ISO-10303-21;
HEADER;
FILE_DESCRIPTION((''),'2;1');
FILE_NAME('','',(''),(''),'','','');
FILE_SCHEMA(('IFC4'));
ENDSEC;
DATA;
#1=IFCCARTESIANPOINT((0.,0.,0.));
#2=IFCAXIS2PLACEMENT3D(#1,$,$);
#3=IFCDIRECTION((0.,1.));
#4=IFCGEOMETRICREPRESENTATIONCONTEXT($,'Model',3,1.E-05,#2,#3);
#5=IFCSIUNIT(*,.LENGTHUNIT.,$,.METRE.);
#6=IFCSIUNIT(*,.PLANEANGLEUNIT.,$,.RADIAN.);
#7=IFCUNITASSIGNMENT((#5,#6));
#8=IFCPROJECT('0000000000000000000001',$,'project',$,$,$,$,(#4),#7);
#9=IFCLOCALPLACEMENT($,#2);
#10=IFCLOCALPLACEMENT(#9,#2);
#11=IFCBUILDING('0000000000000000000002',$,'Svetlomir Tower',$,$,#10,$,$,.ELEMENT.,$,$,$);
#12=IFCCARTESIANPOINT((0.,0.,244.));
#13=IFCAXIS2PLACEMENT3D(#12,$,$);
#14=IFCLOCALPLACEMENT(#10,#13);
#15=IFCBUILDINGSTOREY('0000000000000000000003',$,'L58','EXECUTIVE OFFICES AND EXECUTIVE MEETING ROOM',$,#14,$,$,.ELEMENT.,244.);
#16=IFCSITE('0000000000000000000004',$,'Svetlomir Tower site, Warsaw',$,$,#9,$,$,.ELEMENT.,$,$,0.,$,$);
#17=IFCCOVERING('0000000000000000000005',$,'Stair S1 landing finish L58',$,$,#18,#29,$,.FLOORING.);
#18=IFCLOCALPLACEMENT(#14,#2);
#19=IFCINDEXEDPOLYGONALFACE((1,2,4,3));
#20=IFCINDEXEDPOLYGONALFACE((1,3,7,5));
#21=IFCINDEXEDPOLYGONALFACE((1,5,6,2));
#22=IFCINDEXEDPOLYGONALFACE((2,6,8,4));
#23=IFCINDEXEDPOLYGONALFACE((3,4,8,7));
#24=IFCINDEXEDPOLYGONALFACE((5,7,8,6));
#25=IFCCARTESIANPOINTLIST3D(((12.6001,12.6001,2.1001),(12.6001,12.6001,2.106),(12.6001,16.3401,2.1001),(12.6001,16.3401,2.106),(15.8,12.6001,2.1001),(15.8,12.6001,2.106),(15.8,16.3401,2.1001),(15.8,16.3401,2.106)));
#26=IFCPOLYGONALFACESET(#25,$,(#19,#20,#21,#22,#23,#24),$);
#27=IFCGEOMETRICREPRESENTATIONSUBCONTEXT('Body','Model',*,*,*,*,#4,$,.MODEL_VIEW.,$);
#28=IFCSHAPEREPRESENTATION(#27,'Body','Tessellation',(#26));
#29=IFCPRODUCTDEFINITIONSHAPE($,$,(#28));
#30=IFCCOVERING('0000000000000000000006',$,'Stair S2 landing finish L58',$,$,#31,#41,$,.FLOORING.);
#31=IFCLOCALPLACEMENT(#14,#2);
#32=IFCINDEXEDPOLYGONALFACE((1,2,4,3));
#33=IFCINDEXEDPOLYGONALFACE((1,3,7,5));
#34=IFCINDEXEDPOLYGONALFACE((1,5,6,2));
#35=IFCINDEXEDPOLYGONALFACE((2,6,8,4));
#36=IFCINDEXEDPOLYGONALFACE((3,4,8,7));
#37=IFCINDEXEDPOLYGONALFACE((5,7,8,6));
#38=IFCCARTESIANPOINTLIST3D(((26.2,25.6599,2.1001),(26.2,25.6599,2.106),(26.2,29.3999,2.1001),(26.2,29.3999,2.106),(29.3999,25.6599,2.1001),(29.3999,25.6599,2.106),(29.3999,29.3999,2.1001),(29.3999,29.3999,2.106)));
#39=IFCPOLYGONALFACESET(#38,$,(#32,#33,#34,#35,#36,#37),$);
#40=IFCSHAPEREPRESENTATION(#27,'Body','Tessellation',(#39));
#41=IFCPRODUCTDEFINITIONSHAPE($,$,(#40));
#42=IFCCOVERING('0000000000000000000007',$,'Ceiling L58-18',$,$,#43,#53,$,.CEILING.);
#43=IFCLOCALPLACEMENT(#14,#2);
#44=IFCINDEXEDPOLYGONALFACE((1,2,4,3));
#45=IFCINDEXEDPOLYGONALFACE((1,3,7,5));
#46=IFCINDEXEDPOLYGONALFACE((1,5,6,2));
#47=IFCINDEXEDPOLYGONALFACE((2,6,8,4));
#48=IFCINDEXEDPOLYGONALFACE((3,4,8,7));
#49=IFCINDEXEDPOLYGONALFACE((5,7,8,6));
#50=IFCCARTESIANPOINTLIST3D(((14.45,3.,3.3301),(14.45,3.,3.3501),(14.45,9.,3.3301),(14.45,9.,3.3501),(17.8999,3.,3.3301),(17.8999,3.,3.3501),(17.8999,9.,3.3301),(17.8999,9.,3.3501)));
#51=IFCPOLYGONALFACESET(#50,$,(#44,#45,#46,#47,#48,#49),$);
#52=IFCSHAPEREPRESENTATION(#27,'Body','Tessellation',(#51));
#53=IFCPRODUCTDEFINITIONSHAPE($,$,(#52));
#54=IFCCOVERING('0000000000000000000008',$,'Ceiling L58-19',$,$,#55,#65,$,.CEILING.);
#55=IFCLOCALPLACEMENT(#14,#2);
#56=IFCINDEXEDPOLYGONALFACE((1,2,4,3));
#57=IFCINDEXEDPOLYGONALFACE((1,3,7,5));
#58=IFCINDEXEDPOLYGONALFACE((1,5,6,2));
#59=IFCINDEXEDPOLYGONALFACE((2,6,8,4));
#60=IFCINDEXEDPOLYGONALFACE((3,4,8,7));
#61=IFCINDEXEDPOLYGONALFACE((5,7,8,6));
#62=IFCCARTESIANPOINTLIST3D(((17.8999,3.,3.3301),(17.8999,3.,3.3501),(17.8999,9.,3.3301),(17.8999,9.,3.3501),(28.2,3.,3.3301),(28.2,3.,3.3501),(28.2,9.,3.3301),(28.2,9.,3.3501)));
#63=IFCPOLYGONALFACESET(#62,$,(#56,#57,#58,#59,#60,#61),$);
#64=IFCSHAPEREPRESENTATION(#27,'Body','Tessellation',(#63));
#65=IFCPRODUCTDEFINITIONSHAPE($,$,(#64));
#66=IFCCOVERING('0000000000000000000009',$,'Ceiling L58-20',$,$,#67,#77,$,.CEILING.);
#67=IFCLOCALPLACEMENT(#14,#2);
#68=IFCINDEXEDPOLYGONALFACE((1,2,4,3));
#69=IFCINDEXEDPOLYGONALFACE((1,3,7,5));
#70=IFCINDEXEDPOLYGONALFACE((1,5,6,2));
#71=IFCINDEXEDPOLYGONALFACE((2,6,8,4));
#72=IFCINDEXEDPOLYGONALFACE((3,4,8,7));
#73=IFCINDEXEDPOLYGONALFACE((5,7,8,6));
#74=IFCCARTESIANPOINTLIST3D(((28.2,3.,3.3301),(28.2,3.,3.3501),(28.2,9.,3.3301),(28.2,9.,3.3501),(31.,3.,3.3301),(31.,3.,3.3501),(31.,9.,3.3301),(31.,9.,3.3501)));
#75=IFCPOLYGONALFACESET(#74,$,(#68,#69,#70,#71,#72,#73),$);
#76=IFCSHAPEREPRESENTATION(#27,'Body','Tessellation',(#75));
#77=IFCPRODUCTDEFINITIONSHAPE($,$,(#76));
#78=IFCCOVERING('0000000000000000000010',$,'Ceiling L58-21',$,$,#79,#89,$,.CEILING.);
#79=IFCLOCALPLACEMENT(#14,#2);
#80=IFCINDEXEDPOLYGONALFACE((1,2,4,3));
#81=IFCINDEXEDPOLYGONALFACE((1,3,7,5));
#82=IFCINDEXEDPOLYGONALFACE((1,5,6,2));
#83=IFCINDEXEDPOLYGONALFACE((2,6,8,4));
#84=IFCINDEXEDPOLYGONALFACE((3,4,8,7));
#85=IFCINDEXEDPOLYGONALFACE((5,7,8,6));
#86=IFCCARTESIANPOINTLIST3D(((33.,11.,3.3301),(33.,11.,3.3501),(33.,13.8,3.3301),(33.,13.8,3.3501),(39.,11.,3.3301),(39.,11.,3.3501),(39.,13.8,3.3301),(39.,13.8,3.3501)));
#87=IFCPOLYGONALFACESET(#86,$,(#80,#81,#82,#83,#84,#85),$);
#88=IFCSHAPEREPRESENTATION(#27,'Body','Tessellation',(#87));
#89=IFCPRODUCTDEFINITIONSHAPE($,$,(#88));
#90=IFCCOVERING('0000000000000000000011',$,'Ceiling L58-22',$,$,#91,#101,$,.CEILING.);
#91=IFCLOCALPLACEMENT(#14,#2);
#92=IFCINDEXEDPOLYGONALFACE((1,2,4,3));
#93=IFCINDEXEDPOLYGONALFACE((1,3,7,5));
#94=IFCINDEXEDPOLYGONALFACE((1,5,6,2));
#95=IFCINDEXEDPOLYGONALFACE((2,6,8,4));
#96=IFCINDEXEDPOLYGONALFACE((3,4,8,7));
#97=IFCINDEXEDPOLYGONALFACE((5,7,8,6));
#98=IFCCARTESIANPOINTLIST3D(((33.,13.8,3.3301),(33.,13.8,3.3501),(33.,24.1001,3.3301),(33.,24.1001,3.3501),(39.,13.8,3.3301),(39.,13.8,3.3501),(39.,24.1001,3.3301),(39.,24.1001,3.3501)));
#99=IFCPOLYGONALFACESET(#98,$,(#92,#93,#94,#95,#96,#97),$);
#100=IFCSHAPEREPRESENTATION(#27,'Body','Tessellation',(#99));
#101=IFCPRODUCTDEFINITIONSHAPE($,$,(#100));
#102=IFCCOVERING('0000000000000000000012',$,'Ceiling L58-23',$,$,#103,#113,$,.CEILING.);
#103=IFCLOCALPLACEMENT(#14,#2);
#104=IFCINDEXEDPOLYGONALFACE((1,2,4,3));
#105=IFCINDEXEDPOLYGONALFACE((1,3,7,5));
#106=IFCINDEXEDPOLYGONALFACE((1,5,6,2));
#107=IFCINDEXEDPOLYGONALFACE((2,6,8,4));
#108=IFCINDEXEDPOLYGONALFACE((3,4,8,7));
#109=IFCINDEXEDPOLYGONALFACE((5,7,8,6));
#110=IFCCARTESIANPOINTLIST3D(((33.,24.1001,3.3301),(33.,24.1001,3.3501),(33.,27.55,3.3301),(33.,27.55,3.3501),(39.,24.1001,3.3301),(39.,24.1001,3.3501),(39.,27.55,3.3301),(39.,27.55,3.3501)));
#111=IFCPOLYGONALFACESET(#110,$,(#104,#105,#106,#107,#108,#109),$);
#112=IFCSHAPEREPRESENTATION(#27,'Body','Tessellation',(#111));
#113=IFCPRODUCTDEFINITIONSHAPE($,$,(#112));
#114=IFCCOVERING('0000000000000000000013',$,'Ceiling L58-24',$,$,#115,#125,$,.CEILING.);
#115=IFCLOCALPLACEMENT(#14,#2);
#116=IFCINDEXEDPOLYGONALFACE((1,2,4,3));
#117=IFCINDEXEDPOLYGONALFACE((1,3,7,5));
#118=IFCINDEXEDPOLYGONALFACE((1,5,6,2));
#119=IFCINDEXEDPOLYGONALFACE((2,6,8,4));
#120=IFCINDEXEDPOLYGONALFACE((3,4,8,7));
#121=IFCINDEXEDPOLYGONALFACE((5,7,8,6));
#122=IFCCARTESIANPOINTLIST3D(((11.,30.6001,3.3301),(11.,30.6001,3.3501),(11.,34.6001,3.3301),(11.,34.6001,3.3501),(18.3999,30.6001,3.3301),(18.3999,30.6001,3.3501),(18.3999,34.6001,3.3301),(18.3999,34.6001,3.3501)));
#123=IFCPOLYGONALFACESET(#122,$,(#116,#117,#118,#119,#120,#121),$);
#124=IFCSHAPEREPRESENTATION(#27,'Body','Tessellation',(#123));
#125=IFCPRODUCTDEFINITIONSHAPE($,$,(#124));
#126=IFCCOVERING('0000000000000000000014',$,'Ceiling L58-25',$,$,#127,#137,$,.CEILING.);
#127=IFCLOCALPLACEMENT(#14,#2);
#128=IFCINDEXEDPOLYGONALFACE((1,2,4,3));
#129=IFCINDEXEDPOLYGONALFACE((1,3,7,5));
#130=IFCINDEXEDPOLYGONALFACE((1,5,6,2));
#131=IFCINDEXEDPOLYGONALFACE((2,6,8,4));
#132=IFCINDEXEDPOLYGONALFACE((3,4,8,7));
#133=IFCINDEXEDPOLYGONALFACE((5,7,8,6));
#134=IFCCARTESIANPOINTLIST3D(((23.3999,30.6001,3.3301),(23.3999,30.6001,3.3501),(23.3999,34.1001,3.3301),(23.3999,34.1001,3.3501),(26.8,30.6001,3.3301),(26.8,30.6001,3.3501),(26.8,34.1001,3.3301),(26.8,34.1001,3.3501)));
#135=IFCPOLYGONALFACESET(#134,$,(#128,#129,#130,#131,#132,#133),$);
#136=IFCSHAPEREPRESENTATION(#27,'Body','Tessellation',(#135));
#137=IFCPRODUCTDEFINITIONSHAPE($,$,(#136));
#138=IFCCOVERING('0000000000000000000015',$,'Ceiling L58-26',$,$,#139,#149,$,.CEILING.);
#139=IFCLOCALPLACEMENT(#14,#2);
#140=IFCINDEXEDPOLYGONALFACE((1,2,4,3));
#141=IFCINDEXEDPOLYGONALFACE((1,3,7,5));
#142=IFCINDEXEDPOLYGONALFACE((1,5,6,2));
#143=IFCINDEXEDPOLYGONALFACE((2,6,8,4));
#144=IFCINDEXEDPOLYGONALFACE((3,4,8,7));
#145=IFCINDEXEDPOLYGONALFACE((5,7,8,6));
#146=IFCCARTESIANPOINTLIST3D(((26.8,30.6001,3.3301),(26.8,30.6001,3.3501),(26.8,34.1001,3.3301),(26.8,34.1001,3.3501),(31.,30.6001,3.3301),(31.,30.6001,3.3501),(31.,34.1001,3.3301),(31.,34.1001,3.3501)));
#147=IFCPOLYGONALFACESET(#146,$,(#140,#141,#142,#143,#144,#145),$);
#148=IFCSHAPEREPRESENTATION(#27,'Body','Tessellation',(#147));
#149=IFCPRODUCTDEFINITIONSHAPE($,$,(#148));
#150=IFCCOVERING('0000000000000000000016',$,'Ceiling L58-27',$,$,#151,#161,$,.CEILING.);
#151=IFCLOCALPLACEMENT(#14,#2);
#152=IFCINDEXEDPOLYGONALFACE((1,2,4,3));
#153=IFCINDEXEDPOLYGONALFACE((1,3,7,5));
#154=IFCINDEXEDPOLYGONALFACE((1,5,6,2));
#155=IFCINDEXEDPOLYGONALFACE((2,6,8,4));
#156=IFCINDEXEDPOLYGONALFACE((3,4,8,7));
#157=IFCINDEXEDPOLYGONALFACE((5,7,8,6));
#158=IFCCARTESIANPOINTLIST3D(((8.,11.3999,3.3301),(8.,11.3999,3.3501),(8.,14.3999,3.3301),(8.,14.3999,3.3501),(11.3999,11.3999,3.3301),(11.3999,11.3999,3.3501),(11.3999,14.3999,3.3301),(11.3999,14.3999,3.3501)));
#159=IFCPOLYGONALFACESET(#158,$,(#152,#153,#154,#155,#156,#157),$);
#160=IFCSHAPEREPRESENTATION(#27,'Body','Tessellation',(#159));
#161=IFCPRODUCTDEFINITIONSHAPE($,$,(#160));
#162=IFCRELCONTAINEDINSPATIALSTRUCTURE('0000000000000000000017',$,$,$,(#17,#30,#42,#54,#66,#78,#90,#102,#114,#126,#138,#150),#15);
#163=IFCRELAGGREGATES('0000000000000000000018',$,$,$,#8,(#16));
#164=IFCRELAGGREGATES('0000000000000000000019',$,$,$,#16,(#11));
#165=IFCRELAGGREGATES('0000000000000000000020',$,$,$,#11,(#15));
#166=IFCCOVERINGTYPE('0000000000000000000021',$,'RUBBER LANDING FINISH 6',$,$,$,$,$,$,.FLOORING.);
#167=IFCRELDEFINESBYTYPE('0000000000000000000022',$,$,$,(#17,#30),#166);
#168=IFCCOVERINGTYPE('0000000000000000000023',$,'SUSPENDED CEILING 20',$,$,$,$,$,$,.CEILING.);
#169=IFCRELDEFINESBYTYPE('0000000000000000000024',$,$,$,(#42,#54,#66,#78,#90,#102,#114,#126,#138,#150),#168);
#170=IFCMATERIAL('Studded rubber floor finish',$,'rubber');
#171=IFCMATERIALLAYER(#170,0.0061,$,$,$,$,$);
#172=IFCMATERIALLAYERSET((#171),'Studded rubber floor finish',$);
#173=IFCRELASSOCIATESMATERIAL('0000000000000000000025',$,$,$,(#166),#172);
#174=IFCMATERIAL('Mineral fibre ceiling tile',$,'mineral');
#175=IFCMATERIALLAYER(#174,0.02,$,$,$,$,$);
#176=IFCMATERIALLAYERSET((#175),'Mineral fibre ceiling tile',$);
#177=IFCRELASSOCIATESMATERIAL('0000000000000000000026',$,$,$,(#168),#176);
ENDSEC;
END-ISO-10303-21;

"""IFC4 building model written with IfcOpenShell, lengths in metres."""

from ifc_helpers import new_model, si_unit, direction, frame, origin, place, context, subcontext, project, spatial, polyline, outline, extrude, material, layer, layer_set, type_object, element, save


model = new_model("IFC4")

# Units and contexts
model_context = context("Model", 3, precision=1e-05, world=origin(), true_north=direction((0.0, 1.0)))
body_context = subcontext(model_context, "Body", "Model", "MODEL_VIEW")
ifc_project = project(units=[si_unit("LENGTHUNIT", "METRE"), si_unit("PLANEANGLEUNIT", "RADIAN")], contexts=[model_context])

# Site, building, storey
site_placement = place(None, origin())
site = spatial("IfcSite", under=ifc_project, at=site_placement, Name="Svetlomir Tower site, Warsaw", CompositionType="ELEMENT", RefElevation=0.0)
building_placement = place(site_placement, origin())
building = spatial("IfcBuilding", under=site, at=building_placement, Name="Svetlomir Tower", CompositionType="ELEMENT")
storey_placement = place(building_placement, frame((0.0, 0.0, 244.0)))
storey = spatial("IfcBuildingStorey", under=building, at=storey_placement, Name="L58", Description="EXECUTIVE OFFICES AND EXECUTIVE MEETING ROOM", CompositionType="ELEMENT", Elevation=244.0)

# Coverings
ifc_material_1 = material(Name="Studded rubber floor finish", Category="rubber")
ifc_layer_1 = layer(ifc_material_1, 0.0061)
ifc_layer_set_1 = layer_set([ifc_layer_1], Name="Studded rubber floor finish")
covering_type_1 = type_object("IfcCoveringType", Name="RUBBER LANDING FINISH 6", PredefinedType="FLOORING", material=ifc_layer_set_1)
covering_1_placement = place(storey_placement, frame((0.0, 0.0, 2.1001)))
element("IfcCovering", 1, at=covering_1_placement, inside=storey, type_object=covering_type_1, Name="Stair S1 landing finish L58", PredefinedType="FLOORING", context=body_context, shape_type="SweptSolid", body=[
    extrude(outline(polyline([(12.6001, 12.6001), (15.8, 12.6001), (15.8, 16.3401), (12.6001, 16.3401), (12.6001, 12.6001)])), origin(), (0.0, 0.0, 1.0), 0.0059),
])
covering_2_placement = place(storey_placement, frame((0.0, 0.0, 2.1001)))
element("IfcCovering", 2, at=covering_2_placement, inside=storey, type_object=covering_type_1, Name="Stair S2 landing finish L58", PredefinedType="FLOORING", context=body_context, shape_type="SweptSolid", body=[
    extrude(outline(polyline([(26.2, 25.6599), (29.3999, 25.6599), (29.3999, 29.3999), (26.2, 29.3999), (26.2, 25.6599)])), origin(), (0.0, 0.0, 1.0), 0.0059),
])
ifc_material_2 = material(Name="Mineral fibre ceiling tile", Category="mineral")
ifc_layer_2 = layer(ifc_material_2, 0.02)
ifc_layer_set_2 = layer_set([ifc_layer_2], Name="Mineral fibre ceiling tile")
covering_type_2 = type_object("IfcCoveringType", Name="SUSPENDED CEILING 20", PredefinedType="CEILING", material=ifc_layer_set_2)
covering_3_placement = place(storey_placement, frame((0.0, 0.0, 3.3301)))
element("IfcCovering", 3, at=covering_3_placement, inside=storey, type_object=covering_type_2, Name="Ceiling L58-18", PredefinedType="CEILING", context=body_context, shape_type="SweptSolid", body=[
    extrude(outline(polyline([(14.45, 3.0), (17.8999, 3.0), (17.8999, 9.0), (14.45, 9.0), (14.45, 3.0)])), origin(), (0.0, 0.0, 1.0), 0.02),
])
covering_4_placement = place(storey_placement, frame((0.0, 0.0, 3.3301)))
element("IfcCovering", 4, at=covering_4_placement, inside=storey, type_object=covering_type_2, Name="Ceiling L58-19", PredefinedType="CEILING", context=body_context, shape_type="SweptSolid", body=[
    extrude(outline(polyline([(17.8999, 3.0), (28.2, 3.0), (28.2, 9.0), (17.8999, 9.0), (17.8999, 3.0)])), origin(), (0.0, 0.0, 1.0), 0.02),
])
covering_5_placement = place(storey_placement, frame((0.0, 0.0, 3.3301)))
element("IfcCovering", 5, at=covering_5_placement, inside=storey, type_object=covering_type_2, Name="Ceiling L58-20", PredefinedType="CEILING", context=body_context, shape_type="SweptSolid", body=[
    extrude(outline(polyline([(28.2, 3.0), (31.0, 3.0), (31.0, 9.0), (28.2, 9.0), (28.2, 3.0)])), origin(), (0.0, 0.0, 1.0), 0.02),
])
covering_6_placement = place(storey_placement, frame((0.0, 0.0, 3.3301)))
element("IfcCovering", 6, at=covering_6_placement, inside=storey, type_object=covering_type_2, Name="Ceiling L58-21", PredefinedType="CEILING", context=body_context, shape_type="SweptSolid", body=[
    extrude(outline(polyline([(33.0, 11.0), (39.0, 11.0), (39.0, 13.8), (33.0, 13.8), (33.0, 11.0)])), origin(), (0.0, 0.0, 1.0), 0.02),
])
covering_7_placement = place(storey_placement, frame((0.0, 0.0, 3.3301)))
element("IfcCovering", 7, at=covering_7_placement, inside=storey, type_object=covering_type_2, Name="Ceiling L58-22", PredefinedType="CEILING", context=body_context, shape_type="SweptSolid", body=[
    extrude(outline(polyline([(33.0, 13.8), (39.0, 13.8), (39.0, 24.1001), (33.0, 24.1001), (33.0, 13.8)])), origin(), (0.0, 0.0, 1.0), 0.02),
])
covering_8_placement = place(storey_placement, frame((0.0, 0.0, 3.3301)))
element("IfcCovering", 8, at=covering_8_placement, inside=storey, type_object=covering_type_2, Name="Ceiling L58-23", PredefinedType="CEILING", context=body_context, shape_type="SweptSolid", body=[
    extrude(outline(polyline([(33.0, 24.1001), (39.0, 24.1001), (39.0, 27.55), (33.0, 27.55), (33.0, 24.1001)])), origin(), (0.0, 0.0, 1.0), 0.02),
])
covering_9_placement = place(storey_placement, frame((0.0, 0.0, 3.3301)))
element("IfcCovering", 9, at=covering_9_placement, inside=storey, type_object=covering_type_2, Name="Ceiling L58-24", PredefinedType="CEILING", context=body_context, shape_type="SweptSolid", body=[
    extrude(outline(polyline([(11.0, 30.6001), (18.3999, 30.6001), (18.3999, 34.6001), (11.0, 34.6001), (11.0, 30.6001)])), origin(), (0.0, 0.0, 1.0), 0.02),
])
covering_10_placement = place(storey_placement, frame((0.0, 0.0, 3.3301)))
element("IfcCovering", 10, at=covering_10_placement, inside=storey, type_object=covering_type_2, Name="Ceiling L58-25", PredefinedType="CEILING", context=body_context, shape_type="SweptSolid", body=[
    extrude(outline(polyline([(23.3999, 30.6001), (26.8, 30.6001), (26.8, 34.1001), (23.3999, 34.1001), (23.3999, 30.6001)])), origin(), (0.0, 0.0, 1.0), 0.02),
])
covering_11_placement = place(storey_placement, frame((0.0, 0.0, 3.3301)))
element("IfcCovering", 11, at=covering_11_placement, inside=storey, type_object=covering_type_2, Name="Ceiling L58-26", PredefinedType="CEILING", context=body_context, shape_type="SweptSolid", body=[
    extrude(outline(polyline([(26.8, 30.6001), (31.0, 30.6001), (31.0, 34.1001), (26.8, 34.1001), (26.8, 30.6001)])), origin(), (0.0, 0.0, 1.0), 0.02),
])
covering_12_placement = place(storey_placement, frame((0.0, 0.0, 3.3301)))
element("IfcCovering", 12, at=covering_12_placement, inside=storey, type_object=covering_type_2, Name="Ceiling L58-27", PredefinedType="CEILING", context=body_context, shape_type="SweptSolid", body=[
    extrude(outline(polyline([(8.0, 11.3999), (11.3999, 11.3999), (11.3999, 14.3999), (8.0, 14.3999), (8.0, 11.3999)])), origin(), (0.0, 0.0, 1.0), 0.02),
])

save(model, "model.ifc")
